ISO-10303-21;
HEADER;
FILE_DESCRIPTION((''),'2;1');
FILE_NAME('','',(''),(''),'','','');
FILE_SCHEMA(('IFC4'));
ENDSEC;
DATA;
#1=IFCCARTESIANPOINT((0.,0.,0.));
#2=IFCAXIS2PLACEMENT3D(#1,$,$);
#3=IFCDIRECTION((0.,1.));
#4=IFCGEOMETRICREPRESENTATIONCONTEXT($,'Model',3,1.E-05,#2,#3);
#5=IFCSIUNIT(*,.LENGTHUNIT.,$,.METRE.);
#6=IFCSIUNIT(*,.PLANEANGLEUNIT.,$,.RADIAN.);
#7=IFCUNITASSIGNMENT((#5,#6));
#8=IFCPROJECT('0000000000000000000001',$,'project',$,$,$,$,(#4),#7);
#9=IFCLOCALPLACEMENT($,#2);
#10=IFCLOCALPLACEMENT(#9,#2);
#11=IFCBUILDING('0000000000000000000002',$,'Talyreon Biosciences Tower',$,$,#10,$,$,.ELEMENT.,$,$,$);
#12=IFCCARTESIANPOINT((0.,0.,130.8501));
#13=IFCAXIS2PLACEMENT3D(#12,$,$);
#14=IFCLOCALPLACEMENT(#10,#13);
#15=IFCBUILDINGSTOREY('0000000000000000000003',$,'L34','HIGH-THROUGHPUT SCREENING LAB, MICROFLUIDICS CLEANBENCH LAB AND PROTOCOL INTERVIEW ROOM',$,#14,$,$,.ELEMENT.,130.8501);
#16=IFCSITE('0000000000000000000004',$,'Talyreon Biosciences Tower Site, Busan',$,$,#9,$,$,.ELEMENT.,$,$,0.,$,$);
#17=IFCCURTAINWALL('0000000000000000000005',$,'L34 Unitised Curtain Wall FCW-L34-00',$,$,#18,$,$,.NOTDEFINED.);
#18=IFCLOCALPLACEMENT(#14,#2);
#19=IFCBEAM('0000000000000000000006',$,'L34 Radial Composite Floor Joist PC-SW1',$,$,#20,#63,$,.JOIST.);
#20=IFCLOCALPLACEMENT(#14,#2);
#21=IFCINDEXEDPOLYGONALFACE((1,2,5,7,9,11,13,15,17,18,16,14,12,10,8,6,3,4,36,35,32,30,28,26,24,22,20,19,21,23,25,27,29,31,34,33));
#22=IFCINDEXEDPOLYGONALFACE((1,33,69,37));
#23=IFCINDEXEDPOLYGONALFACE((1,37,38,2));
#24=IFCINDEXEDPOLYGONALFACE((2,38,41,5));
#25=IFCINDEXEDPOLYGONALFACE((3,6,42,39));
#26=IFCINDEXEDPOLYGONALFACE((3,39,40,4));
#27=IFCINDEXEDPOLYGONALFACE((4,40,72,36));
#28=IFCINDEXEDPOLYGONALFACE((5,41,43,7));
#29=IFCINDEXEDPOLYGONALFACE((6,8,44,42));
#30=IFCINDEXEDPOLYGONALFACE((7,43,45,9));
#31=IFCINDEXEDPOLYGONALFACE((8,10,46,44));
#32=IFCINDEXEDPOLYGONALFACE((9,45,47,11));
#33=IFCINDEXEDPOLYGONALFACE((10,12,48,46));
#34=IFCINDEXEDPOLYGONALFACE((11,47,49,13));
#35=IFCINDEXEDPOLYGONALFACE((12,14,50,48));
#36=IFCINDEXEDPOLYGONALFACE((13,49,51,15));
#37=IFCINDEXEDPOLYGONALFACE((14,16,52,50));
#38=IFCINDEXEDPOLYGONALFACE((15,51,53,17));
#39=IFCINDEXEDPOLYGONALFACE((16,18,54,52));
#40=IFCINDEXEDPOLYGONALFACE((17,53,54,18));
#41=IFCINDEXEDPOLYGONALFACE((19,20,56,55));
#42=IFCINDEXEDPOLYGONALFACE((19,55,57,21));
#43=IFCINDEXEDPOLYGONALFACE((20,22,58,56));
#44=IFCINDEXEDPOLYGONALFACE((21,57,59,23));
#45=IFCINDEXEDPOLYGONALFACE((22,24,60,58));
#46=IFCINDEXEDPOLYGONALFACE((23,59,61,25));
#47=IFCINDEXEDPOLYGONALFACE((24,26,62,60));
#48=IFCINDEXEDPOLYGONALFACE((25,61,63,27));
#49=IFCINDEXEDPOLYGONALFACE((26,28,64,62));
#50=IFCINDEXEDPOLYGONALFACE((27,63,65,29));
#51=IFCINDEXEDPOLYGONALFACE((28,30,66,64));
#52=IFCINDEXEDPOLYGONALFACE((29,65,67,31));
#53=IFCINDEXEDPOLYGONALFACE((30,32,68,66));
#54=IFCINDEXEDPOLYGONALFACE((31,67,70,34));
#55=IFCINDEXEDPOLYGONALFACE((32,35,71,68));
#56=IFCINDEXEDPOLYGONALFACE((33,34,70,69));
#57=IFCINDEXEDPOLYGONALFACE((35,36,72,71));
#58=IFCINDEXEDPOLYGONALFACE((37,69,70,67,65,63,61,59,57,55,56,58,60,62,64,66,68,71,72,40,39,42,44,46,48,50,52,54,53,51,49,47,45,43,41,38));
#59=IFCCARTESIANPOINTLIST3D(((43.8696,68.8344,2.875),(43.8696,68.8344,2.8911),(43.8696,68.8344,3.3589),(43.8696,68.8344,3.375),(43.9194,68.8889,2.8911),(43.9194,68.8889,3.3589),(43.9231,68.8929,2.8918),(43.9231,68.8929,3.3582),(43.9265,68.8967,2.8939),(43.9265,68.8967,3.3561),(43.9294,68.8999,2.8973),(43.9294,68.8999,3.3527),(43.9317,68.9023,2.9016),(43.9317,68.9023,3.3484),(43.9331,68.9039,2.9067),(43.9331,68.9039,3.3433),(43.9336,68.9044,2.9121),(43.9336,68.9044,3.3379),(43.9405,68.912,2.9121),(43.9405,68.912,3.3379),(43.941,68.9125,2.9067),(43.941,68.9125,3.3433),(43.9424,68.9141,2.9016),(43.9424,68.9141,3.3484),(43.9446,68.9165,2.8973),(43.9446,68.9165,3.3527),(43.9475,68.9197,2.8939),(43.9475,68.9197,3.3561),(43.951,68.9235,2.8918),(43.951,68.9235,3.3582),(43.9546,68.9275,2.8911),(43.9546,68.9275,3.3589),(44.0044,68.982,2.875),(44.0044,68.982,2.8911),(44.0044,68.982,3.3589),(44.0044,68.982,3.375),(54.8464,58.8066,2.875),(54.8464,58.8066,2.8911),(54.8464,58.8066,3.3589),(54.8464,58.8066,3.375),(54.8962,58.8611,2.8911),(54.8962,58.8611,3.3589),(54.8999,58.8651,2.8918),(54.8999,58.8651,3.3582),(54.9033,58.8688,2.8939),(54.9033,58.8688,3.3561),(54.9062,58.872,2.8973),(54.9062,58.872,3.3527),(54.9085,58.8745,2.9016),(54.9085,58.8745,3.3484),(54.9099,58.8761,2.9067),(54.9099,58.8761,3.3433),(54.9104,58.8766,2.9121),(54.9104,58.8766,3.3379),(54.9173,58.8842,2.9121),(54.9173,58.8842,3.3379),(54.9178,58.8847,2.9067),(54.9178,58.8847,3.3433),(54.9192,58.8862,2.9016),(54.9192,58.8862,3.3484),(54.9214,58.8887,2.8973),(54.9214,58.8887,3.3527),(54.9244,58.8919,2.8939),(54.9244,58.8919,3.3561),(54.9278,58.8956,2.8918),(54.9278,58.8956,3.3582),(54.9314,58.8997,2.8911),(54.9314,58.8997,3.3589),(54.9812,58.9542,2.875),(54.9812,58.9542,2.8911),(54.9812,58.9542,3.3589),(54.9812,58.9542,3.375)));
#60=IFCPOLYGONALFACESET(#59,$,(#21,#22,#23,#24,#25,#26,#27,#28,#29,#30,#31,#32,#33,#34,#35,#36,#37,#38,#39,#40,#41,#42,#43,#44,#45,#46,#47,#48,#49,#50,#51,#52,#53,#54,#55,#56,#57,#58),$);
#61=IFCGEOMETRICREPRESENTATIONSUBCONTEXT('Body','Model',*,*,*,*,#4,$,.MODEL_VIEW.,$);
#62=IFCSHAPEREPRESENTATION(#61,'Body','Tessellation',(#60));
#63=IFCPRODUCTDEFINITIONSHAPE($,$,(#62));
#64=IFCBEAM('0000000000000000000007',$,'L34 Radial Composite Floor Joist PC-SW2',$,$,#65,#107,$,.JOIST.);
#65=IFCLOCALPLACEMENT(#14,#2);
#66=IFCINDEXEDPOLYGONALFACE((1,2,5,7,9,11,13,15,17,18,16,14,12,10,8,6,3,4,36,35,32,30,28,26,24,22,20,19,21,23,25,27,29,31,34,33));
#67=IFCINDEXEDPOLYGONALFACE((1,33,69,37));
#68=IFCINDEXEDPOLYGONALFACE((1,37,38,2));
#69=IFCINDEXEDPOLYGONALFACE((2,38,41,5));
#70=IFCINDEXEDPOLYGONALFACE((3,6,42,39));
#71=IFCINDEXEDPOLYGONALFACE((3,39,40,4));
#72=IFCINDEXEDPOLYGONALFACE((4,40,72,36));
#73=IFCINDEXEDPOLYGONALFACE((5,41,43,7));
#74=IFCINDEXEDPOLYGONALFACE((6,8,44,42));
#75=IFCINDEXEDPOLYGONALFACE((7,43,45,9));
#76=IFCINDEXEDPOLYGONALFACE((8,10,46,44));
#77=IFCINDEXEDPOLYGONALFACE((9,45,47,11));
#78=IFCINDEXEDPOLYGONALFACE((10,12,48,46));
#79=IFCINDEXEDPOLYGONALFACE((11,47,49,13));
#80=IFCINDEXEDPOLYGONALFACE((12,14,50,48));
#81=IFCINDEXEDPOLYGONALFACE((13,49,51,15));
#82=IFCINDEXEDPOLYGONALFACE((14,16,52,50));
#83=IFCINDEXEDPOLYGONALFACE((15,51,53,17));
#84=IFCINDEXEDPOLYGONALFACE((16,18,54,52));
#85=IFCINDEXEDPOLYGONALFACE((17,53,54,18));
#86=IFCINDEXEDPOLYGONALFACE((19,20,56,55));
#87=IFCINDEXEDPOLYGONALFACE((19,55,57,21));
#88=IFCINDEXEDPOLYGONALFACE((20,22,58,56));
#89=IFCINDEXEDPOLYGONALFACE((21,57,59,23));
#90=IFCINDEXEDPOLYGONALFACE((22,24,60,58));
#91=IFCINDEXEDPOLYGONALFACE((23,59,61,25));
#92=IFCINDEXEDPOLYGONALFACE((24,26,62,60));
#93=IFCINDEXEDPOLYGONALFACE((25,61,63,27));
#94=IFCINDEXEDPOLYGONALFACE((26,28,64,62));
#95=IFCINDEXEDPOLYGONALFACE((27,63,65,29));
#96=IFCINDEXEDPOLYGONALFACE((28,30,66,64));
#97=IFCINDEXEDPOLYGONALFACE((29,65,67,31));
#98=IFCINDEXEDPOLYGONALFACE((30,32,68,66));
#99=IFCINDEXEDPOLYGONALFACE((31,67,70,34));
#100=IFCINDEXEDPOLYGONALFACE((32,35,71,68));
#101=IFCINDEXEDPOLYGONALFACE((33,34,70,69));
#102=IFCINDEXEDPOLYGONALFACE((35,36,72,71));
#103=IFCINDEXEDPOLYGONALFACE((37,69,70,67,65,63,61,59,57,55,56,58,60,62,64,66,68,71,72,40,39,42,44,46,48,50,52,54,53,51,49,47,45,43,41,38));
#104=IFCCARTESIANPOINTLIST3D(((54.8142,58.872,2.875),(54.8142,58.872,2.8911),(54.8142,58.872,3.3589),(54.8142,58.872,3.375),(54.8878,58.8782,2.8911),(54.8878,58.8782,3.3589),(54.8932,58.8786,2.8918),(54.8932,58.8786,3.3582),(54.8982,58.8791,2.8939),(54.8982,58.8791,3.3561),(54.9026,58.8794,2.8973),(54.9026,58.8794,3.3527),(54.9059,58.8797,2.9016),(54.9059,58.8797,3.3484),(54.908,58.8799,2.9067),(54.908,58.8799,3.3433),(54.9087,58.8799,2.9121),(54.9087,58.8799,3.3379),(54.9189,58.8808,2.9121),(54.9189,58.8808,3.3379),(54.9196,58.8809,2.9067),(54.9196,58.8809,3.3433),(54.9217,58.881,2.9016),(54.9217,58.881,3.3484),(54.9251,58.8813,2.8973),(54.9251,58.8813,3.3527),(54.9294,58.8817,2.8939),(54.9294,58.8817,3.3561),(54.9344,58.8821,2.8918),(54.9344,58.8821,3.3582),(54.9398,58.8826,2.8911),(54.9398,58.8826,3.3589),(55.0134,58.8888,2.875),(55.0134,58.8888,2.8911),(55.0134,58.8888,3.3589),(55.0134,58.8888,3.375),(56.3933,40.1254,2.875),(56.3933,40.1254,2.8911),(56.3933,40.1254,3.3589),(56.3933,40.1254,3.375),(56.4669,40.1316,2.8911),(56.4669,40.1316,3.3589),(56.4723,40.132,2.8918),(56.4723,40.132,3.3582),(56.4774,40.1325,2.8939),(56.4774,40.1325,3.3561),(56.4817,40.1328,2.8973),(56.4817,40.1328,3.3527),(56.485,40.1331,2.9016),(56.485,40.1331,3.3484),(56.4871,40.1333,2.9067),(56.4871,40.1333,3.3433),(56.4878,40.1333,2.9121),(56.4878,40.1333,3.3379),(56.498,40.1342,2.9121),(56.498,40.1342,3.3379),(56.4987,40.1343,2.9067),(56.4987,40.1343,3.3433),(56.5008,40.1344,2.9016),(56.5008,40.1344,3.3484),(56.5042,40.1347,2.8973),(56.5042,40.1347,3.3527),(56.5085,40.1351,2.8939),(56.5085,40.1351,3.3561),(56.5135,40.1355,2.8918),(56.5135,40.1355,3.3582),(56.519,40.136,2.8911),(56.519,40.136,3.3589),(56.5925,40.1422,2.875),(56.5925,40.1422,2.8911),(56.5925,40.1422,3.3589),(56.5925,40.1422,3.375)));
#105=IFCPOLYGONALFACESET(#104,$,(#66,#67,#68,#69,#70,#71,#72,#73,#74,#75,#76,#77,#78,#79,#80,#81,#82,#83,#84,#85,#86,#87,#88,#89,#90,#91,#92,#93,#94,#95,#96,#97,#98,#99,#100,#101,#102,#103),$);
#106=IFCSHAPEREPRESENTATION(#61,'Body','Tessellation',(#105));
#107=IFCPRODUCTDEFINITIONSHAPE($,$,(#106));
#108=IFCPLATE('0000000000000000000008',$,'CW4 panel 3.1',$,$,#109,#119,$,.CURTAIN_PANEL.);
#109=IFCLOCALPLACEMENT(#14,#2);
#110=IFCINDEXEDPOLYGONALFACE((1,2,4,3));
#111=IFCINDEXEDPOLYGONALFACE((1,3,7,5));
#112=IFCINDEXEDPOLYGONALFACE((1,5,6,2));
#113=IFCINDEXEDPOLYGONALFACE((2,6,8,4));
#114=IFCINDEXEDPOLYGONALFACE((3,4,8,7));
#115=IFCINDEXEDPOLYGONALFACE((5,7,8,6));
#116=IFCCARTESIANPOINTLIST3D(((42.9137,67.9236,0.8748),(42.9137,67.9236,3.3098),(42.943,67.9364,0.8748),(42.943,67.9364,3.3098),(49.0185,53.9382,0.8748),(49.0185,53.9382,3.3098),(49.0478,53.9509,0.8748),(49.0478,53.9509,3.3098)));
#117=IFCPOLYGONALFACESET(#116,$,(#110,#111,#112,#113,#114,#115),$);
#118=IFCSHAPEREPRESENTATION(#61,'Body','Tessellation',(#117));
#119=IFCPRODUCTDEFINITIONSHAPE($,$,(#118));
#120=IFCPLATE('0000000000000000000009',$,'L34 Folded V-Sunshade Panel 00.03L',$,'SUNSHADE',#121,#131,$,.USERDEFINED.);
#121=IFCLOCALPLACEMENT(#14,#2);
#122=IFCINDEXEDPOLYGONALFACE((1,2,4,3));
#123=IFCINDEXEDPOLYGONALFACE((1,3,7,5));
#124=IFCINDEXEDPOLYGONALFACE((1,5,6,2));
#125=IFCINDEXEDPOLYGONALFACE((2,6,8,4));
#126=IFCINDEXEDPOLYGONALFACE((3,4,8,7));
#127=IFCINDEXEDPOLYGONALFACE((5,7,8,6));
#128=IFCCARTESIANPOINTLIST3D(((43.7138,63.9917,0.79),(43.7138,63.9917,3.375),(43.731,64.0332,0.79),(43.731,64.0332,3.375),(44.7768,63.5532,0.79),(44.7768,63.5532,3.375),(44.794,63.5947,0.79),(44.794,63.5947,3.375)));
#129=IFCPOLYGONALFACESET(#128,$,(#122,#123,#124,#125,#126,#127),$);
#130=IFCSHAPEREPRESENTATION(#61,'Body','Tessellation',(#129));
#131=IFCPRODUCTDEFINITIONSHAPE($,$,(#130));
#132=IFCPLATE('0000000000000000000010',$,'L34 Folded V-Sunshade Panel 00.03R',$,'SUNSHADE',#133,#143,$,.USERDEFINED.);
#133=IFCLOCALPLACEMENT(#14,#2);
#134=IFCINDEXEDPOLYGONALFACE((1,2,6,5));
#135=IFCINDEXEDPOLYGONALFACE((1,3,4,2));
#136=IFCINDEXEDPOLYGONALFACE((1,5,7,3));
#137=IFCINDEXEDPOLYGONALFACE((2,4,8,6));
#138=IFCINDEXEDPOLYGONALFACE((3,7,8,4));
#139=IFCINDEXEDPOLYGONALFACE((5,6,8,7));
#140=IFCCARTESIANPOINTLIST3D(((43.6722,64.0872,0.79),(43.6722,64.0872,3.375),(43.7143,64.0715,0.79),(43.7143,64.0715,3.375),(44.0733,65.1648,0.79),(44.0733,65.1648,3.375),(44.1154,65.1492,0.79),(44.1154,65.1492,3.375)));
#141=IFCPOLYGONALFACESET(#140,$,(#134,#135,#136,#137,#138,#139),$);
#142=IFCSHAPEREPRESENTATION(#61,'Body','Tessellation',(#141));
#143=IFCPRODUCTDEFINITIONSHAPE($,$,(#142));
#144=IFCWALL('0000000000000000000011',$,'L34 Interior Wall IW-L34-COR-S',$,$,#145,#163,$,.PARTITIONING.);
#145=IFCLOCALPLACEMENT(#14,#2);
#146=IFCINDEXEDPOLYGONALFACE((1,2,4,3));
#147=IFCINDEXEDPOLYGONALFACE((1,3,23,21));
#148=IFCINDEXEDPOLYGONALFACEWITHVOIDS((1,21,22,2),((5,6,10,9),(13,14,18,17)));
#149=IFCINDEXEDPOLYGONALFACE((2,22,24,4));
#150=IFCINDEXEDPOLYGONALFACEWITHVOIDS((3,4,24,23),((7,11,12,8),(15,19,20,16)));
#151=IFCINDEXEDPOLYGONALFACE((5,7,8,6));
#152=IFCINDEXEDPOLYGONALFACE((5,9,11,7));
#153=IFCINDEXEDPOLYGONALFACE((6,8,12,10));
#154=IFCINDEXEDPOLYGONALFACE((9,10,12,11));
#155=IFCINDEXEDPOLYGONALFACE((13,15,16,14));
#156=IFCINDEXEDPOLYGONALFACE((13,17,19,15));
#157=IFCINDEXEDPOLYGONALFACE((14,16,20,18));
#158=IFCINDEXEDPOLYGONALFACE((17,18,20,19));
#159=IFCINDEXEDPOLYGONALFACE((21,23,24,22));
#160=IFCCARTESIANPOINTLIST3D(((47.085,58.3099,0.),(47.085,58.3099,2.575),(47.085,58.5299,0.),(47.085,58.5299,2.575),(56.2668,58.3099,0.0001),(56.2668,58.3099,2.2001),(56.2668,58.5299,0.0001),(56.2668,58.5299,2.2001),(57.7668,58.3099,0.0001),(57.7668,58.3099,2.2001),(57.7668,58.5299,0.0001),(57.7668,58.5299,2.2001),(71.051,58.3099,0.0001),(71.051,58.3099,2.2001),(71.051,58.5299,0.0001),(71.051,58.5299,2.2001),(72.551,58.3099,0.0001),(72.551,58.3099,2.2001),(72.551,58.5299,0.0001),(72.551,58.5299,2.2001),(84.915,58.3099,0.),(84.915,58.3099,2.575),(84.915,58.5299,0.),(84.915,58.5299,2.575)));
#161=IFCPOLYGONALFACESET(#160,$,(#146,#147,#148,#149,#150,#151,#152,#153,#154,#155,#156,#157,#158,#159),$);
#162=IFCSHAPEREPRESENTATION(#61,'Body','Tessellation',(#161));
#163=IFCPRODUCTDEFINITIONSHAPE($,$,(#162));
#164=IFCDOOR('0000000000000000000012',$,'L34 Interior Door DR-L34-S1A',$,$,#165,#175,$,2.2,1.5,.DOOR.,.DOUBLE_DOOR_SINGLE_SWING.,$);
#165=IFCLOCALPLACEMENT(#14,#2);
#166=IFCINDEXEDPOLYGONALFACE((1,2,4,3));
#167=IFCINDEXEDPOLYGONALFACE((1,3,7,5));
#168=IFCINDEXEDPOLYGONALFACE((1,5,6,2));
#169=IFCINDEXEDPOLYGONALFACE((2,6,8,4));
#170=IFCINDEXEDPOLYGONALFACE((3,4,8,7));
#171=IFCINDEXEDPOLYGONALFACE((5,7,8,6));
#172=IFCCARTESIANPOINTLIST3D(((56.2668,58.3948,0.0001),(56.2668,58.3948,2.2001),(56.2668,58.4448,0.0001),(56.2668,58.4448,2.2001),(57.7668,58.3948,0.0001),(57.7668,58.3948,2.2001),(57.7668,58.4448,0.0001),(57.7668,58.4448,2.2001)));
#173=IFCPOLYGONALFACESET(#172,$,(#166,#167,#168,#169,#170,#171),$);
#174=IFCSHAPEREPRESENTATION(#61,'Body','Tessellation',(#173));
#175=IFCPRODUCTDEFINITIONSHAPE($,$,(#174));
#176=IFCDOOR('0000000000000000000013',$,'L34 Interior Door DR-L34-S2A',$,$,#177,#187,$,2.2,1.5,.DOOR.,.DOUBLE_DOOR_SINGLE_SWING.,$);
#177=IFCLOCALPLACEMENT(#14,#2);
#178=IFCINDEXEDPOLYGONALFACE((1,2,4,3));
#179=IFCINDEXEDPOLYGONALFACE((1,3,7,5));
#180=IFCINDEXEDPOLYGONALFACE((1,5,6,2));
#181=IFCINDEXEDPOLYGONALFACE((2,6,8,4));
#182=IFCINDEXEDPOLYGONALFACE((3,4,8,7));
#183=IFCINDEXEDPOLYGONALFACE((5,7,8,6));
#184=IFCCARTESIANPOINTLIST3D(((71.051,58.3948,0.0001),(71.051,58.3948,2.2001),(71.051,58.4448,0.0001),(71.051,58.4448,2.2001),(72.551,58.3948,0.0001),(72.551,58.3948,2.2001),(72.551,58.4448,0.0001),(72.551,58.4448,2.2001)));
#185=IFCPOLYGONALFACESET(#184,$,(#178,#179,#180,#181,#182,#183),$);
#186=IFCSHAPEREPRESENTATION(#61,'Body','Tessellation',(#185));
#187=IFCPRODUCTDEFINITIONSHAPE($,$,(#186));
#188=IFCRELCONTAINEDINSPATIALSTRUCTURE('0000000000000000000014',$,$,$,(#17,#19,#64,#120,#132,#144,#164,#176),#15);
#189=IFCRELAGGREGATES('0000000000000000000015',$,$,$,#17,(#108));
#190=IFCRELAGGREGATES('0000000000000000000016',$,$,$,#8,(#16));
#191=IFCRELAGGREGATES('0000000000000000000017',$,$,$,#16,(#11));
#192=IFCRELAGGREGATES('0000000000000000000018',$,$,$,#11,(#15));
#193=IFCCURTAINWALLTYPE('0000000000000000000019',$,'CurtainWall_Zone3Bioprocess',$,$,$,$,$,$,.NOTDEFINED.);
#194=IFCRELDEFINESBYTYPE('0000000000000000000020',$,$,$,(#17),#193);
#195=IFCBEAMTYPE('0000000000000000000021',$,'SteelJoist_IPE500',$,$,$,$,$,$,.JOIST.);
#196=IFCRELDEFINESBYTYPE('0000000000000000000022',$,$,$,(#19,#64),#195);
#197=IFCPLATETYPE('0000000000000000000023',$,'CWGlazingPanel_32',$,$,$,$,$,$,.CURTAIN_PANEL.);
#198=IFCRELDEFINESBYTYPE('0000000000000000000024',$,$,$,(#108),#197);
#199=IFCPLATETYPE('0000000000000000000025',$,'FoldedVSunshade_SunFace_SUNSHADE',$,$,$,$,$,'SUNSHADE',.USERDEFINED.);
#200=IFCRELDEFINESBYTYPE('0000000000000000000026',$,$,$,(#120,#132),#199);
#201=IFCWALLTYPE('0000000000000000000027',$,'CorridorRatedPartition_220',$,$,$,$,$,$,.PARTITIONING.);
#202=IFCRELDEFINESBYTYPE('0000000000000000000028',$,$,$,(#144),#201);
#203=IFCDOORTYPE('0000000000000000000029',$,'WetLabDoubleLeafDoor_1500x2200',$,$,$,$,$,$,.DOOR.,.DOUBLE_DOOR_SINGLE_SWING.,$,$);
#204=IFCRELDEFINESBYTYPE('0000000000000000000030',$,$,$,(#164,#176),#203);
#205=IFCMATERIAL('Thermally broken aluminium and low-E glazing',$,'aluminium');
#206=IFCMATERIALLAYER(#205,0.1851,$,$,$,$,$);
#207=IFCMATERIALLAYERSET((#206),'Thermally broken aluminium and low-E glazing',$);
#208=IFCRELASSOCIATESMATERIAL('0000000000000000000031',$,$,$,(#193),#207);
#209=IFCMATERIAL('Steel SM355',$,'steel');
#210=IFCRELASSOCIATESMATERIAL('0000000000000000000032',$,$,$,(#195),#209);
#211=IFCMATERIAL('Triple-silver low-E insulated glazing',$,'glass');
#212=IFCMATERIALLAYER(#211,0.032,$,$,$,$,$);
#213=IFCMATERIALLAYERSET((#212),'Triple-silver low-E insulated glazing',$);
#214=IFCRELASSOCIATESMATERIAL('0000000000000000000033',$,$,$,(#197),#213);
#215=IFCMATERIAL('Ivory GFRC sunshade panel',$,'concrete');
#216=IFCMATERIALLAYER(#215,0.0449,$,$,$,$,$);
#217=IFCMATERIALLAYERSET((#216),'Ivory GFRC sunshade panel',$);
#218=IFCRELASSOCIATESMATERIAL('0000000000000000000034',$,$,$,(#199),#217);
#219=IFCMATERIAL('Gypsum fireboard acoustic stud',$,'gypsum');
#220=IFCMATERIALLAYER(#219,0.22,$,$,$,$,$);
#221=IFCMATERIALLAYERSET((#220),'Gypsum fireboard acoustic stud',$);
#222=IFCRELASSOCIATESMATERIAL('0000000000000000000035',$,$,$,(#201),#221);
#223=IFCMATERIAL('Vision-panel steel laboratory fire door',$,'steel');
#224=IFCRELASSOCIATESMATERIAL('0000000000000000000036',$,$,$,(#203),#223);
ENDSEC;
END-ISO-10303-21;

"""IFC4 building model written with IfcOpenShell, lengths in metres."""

from ifc_helpers import new_model, si_unit, direction, frame, frame_2d, origin, origin_2d, place, context, subcontext, project, spatial, rectangle, i_section, extrude, material, layer, layer_set, material_profile, profile_set, type_object, element, fill, aggregate, save


model = new_model("IFC4")

# Units and contexts
model_context = context("Model", 3, precision=1e-05, world=origin(), true_north=direction((0.0, 1.0)))
body_context = subcontext(model_context, "Body", "Model", "MODEL_VIEW")
ifc_project = project(units=[si_unit("LENGTHUNIT", "METRE"), si_unit("PLANEANGLEUNIT", "RADIAN")], contexts=[model_context])

# Site, building, storey
site_placement = place(None, origin())
site = spatial("IfcSite", under=ifc_project, at=site_placement, Name="Talyreon Biosciences Tower Site, Busan", CompositionType="ELEMENT", RefElevation=0.0)
building_placement = place(site_placement, origin())
building = spatial("IfcBuilding", under=site, at=building_placement, Name="Talyreon Biosciences Tower", CompositionType="ELEMENT")
storey_placement = place(building_placement, frame((0.0, 0.0, 130.8501)))
storey = spatial("IfcBuildingStorey", under=building, at=storey_placement, Name="L34", Description="HIGH-THROUGHPUT SCREENING LAB, MICROFLUIDICS CLEANBENCH LAB AND PROTOCOL INTERVIEW ROOM", CompositionType="ELEMENT", Elevation=130.8501)

# Curtain wall
ifc_material_1 = material(Name="Thermally broken aluminium and low-E glazing", Category="aluminium")
ifc_layer_1 = layer(ifc_material_1, 0.1851)
ifc_layer_set_1 = layer_set([ifc_layer_1], Name="Thermally broken aluminium and low-E glazing")
curtain_wall_type = type_object("IfcCurtainWallType", Name="CurtainWall_Zone3Bioprocess", PredefinedType="NOTDEFINED", material=ifc_layer_set_1)
curtain_wall_placement = place(storey_placement, origin())
curtain_wall = element("IfcCurtainWall", 1, at=curtain_wall_placement, inside=storey, type_object=curtain_wall_type, Name="L34 Unitised Curtain Wall FCW-L34-00", PredefinedType="NOTDEFINED")

# Beams
ifc_material_2 = material(Name="Steel SM355", Category="steel")
ifc_material_profile_1 = material_profile(ifc_material_2, i_section(OverallWidth=0.2, OverallDepth=0.5, WebThickness=0.0103, FlangeThickness=0.0161, FilletRadius=0.021, at=origin_2d()), Name="IPE500")
ifc_profile_set_1 = profile_set([ifc_material_profile_1], Name="Steel SM355")
beam_type_1 = type_object("IfcBeamType", Name="SteelJoist_IPE500", PredefinedType="JOIST", material=ifc_profile_set_1)
beam_1_placement = place(storey_placement, frame((54.9138, 58.8804, 3.125), z_axis=(-0.7383, 0.674472, 0.0), x_axis=(-0.674472, -0.7383, 0.0)))
element("IfcBeam", 2, at=beam_1_placement, inside=storey, type_object=beam_type_1, Name="L34 Radial Composite Floor Joist PC-SW1", PredefinedType="JOIST", context=body_context, shape_type="SweptSolid", body=[
    extrude(i_section(OverallWidth=0.2, OverallDepth=0.5, WebThickness=0.0103, FlangeThickness=0.0161, FilletRadius=0.021, at=origin_2d()), origin(), (0.0, 0.0, 1.0), 14.8677),
])
beam_2_placement = place(storey_placement, frame((54.9138, 58.8804, 3.125), z_axis=(0.083937, -0.996471, 0.0), x_axis=(0.996471, 0.083937, 0.0)))
element("IfcBeam", 3, at=beam_2_placement, inside=storey, type_object=beam_type_1, Name="L34 Radial Composite Floor Joist PC-SW2", PredefinedType="JOIST", context=body_context, shape_type="SweptSolid", body=[
    extrude(i_section(OverallWidth=0.2, OverallDepth=0.5, WebThickness=0.0103, FlangeThickness=0.0161, FilletRadius=0.021, at=origin_2d()), origin(), (0.0, 0.0, 1.0), 18.813),
])

# Plate
ifc_material_3 = material(Name="Triple-silver low-E insulated glazing", Category="glass")
ifc_layer_2 = layer(ifc_material_3, 0.032)
ifc_layer_set_2 = layer_set([ifc_layer_2], Name="Triple-silver low-E insulated glazing")
plate_type_1 = type_object("IfcPlateType", Name="CWGlazingPanel_32", PredefinedType="CURTAIN_PANEL", material=ifc_layer_set_2)
plate_placement = place(storey_placement, frame((45.9807, 60.9373, 0.8748), z_axis=(0.0, 0.0, 1.0), x_axis=(-0.400058, 0.91649, 0.0)))
plate = element("IfcPlate", 4, at=plate_placement, type_object=plate_type_1, Name="CW4 panel 3.1", PredefinedType="CURTAIN_PANEL", context=body_context, shape_type="SweptSolid", body=[
    extrude(rectangle(XDim=15.2598, YDim=0.032, at=origin_2d()), origin(), (0.0, 0.0, 1.0), 2.4351),
])
aggregate(curtain_wall, [plate])

# Plates
ifc_material_4 = material(Name="Ivory GFRC sunshade panel", Category="concrete")
ifc_layer_3 = layer(ifc_material_4, 0.0449)
ifc_layer_set_3 = layer_set([ifc_layer_3], Name="Ivory GFRC sunshade panel")
plate_type_2 = type_object("IfcPlateType", Name="FoldedVSunshade_SunFace_SUNSHADE", ElementType="SUNSHADE", PredefinedType="USERDEFINED", material=ifc_layer_set_3)
for number, where, z_axis, x_axis, name in (
    (5, (44.2539, 63.7932, 0.79), (0.0, 0.0, 1.0), (-0.924426, 0.381361, 0.0), "L34 Folded V-Sunshade Panel 00.03L"),
    (6, (43.8938, 64.6182, 0.79), (0.0, 0.0, 1.0), (0.348866, 0.937172, 0.0), "L34 Folded V-Sunshade Panel 00.03R"),
):
    element("IfcPlate", number, at=place(storey_placement, frame(where, z_axis=z_axis, x_axis=x_axis)), inside=storey, type_object=plate_type_2, Name=name, ObjectType="SUNSHADE", PredefinedType="USERDEFINED", context=body_context, shape_type="SweptSolid", body=[
        extrude(rectangle(XDim=1.1499, YDim=0.0449, at=origin_2d()), origin(), (0.0, 0.0, 1.0), 2.585),
    ])

# Wall, openings, doors
ifc_material_5 = material(Name="Gypsum fireboard acoustic stud", Category="gypsum")
ifc_layer_4 = layer(ifc_material_5, 0.22)
ifc_layer_set_4 = layer_set([ifc_layer_4], Name="Gypsum fireboard acoustic stud")
wall_type = type_object("IfcWallType", Name="CorridorRatedPartition_220", PredefinedType="PARTITIONING", material=ifc_layer_set_4)
wall_placement = place(storey_placement, frame((47.085, 58.4199, 0.0), z_axis=(0.0, 0.0, 1.0), x_axis=(1.0, 0.0, 0.0)))
wall = element("IfcWall", 7, at=wall_placement, inside=storey, type_object=wall_type, Name="L34 Interior Wall IW-L34-COR-S", PredefinedType="PARTITIONING", context=body_context, shape_type="SweptSolid", body=[
    extrude(rectangle(XDim=37.8301, YDim=0.22, at=frame_2d((18.915, 0.0))), origin(), (0.0, 0.0, 1.0), 2.575),
])
opening_1_placement = place(wall_placement, frame((9.1819, 0.0, 0.0)))
opening_1 = element("IfcOpeningElement", 8, at=opening_1_placement, cuts=wall, PredefinedType="OPENING", context=body_context, shape_type="SweptSolid", body=[
    extrude(rectangle(XDim=1.5, YDim=2.2, at=frame_2d((0.75, 1.1001))), frame((0.0, 0.1199, 0.0), z_axis=(0.0, -1.0, 0.0), x_axis=(1.0, 0.0, 0.0)), (0.0, 0.0, 1.0), 0.24),
])
opening_2_placement = place(wall_placement, frame((23.9661, 0.0, 0.0)))
opening_2 = element("IfcOpeningElement", 9, at=opening_2_placement, cuts=wall, PredefinedType="OPENING", context=body_context, shape_type="SweptSolid", body=[
    extrude(rectangle(XDim=1.5, YDim=2.2, at=frame_2d((0.75, 1.1001))), frame((0.0, 0.1199, 0.0), z_axis=(0.0, -1.0, 0.0), x_axis=(1.0, 0.0, 0.0)), (0.0, 0.0, 1.0), 0.24),
])
ifc_material_6 = material(Name="Vision-panel steel laboratory fire door", Category="steel")
door_type = type_object("IfcDoorType", Name="WetLabDoubleLeafDoor_1500x2200", OperationType="DOUBLE_DOOR_SINGLE_SWING", PredefinedType="DOOR", material=ifc_material_6)
door_1_placement = place(opening_1_placement, origin())
door_1 = element("IfcDoor", 10, at=door_1_placement, inside=storey, type_object=door_type, Name="L34 Interior Door DR-L34-S1A", OperationType="DOUBLE_DOOR_SINGLE_SWING", OverallHeight=2.2, OverallWidth=1.5, PredefinedType="DOOR", context=body_context, shape_type="SweptSolid", body=[
    extrude(rectangle(XDim=1.5, YDim=2.2, at=frame_2d((0.75, 1.1001))), frame((0.0, 0.0249, 0.0), z_axis=(0.0, -1.0, 0.0), x_axis=(1.0, 0.0, 0.0)), (0.0, 0.0, 1.0), 0.05),
])
fill(opening_1, door_1)
door_2_placement = place(opening_2_placement, origin())
door_2 = element("IfcDoor", 11, at=door_2_placement, inside=storey, type_object=door_type, Name="L34 Interior Door DR-L34-S2A", OperationType="DOUBLE_DOOR_SINGLE_SWING", OverallHeight=2.2, OverallWidth=1.5, PredefinedType="DOOR", context=body_context, shape_type="SweptSolid", body=[
    extrude(rectangle(XDim=1.5, YDim=2.2, at=frame_2d((0.75, 1.1001))), frame((0.0, 0.0249, 0.0), z_axis=(0.0, -1.0, 0.0), x_axis=(1.0, 0.0, 0.0)), (0.0, 0.0, 1.0), 0.05),
])
fill(opening_2, door_2)

save(model, "model.ifc")
